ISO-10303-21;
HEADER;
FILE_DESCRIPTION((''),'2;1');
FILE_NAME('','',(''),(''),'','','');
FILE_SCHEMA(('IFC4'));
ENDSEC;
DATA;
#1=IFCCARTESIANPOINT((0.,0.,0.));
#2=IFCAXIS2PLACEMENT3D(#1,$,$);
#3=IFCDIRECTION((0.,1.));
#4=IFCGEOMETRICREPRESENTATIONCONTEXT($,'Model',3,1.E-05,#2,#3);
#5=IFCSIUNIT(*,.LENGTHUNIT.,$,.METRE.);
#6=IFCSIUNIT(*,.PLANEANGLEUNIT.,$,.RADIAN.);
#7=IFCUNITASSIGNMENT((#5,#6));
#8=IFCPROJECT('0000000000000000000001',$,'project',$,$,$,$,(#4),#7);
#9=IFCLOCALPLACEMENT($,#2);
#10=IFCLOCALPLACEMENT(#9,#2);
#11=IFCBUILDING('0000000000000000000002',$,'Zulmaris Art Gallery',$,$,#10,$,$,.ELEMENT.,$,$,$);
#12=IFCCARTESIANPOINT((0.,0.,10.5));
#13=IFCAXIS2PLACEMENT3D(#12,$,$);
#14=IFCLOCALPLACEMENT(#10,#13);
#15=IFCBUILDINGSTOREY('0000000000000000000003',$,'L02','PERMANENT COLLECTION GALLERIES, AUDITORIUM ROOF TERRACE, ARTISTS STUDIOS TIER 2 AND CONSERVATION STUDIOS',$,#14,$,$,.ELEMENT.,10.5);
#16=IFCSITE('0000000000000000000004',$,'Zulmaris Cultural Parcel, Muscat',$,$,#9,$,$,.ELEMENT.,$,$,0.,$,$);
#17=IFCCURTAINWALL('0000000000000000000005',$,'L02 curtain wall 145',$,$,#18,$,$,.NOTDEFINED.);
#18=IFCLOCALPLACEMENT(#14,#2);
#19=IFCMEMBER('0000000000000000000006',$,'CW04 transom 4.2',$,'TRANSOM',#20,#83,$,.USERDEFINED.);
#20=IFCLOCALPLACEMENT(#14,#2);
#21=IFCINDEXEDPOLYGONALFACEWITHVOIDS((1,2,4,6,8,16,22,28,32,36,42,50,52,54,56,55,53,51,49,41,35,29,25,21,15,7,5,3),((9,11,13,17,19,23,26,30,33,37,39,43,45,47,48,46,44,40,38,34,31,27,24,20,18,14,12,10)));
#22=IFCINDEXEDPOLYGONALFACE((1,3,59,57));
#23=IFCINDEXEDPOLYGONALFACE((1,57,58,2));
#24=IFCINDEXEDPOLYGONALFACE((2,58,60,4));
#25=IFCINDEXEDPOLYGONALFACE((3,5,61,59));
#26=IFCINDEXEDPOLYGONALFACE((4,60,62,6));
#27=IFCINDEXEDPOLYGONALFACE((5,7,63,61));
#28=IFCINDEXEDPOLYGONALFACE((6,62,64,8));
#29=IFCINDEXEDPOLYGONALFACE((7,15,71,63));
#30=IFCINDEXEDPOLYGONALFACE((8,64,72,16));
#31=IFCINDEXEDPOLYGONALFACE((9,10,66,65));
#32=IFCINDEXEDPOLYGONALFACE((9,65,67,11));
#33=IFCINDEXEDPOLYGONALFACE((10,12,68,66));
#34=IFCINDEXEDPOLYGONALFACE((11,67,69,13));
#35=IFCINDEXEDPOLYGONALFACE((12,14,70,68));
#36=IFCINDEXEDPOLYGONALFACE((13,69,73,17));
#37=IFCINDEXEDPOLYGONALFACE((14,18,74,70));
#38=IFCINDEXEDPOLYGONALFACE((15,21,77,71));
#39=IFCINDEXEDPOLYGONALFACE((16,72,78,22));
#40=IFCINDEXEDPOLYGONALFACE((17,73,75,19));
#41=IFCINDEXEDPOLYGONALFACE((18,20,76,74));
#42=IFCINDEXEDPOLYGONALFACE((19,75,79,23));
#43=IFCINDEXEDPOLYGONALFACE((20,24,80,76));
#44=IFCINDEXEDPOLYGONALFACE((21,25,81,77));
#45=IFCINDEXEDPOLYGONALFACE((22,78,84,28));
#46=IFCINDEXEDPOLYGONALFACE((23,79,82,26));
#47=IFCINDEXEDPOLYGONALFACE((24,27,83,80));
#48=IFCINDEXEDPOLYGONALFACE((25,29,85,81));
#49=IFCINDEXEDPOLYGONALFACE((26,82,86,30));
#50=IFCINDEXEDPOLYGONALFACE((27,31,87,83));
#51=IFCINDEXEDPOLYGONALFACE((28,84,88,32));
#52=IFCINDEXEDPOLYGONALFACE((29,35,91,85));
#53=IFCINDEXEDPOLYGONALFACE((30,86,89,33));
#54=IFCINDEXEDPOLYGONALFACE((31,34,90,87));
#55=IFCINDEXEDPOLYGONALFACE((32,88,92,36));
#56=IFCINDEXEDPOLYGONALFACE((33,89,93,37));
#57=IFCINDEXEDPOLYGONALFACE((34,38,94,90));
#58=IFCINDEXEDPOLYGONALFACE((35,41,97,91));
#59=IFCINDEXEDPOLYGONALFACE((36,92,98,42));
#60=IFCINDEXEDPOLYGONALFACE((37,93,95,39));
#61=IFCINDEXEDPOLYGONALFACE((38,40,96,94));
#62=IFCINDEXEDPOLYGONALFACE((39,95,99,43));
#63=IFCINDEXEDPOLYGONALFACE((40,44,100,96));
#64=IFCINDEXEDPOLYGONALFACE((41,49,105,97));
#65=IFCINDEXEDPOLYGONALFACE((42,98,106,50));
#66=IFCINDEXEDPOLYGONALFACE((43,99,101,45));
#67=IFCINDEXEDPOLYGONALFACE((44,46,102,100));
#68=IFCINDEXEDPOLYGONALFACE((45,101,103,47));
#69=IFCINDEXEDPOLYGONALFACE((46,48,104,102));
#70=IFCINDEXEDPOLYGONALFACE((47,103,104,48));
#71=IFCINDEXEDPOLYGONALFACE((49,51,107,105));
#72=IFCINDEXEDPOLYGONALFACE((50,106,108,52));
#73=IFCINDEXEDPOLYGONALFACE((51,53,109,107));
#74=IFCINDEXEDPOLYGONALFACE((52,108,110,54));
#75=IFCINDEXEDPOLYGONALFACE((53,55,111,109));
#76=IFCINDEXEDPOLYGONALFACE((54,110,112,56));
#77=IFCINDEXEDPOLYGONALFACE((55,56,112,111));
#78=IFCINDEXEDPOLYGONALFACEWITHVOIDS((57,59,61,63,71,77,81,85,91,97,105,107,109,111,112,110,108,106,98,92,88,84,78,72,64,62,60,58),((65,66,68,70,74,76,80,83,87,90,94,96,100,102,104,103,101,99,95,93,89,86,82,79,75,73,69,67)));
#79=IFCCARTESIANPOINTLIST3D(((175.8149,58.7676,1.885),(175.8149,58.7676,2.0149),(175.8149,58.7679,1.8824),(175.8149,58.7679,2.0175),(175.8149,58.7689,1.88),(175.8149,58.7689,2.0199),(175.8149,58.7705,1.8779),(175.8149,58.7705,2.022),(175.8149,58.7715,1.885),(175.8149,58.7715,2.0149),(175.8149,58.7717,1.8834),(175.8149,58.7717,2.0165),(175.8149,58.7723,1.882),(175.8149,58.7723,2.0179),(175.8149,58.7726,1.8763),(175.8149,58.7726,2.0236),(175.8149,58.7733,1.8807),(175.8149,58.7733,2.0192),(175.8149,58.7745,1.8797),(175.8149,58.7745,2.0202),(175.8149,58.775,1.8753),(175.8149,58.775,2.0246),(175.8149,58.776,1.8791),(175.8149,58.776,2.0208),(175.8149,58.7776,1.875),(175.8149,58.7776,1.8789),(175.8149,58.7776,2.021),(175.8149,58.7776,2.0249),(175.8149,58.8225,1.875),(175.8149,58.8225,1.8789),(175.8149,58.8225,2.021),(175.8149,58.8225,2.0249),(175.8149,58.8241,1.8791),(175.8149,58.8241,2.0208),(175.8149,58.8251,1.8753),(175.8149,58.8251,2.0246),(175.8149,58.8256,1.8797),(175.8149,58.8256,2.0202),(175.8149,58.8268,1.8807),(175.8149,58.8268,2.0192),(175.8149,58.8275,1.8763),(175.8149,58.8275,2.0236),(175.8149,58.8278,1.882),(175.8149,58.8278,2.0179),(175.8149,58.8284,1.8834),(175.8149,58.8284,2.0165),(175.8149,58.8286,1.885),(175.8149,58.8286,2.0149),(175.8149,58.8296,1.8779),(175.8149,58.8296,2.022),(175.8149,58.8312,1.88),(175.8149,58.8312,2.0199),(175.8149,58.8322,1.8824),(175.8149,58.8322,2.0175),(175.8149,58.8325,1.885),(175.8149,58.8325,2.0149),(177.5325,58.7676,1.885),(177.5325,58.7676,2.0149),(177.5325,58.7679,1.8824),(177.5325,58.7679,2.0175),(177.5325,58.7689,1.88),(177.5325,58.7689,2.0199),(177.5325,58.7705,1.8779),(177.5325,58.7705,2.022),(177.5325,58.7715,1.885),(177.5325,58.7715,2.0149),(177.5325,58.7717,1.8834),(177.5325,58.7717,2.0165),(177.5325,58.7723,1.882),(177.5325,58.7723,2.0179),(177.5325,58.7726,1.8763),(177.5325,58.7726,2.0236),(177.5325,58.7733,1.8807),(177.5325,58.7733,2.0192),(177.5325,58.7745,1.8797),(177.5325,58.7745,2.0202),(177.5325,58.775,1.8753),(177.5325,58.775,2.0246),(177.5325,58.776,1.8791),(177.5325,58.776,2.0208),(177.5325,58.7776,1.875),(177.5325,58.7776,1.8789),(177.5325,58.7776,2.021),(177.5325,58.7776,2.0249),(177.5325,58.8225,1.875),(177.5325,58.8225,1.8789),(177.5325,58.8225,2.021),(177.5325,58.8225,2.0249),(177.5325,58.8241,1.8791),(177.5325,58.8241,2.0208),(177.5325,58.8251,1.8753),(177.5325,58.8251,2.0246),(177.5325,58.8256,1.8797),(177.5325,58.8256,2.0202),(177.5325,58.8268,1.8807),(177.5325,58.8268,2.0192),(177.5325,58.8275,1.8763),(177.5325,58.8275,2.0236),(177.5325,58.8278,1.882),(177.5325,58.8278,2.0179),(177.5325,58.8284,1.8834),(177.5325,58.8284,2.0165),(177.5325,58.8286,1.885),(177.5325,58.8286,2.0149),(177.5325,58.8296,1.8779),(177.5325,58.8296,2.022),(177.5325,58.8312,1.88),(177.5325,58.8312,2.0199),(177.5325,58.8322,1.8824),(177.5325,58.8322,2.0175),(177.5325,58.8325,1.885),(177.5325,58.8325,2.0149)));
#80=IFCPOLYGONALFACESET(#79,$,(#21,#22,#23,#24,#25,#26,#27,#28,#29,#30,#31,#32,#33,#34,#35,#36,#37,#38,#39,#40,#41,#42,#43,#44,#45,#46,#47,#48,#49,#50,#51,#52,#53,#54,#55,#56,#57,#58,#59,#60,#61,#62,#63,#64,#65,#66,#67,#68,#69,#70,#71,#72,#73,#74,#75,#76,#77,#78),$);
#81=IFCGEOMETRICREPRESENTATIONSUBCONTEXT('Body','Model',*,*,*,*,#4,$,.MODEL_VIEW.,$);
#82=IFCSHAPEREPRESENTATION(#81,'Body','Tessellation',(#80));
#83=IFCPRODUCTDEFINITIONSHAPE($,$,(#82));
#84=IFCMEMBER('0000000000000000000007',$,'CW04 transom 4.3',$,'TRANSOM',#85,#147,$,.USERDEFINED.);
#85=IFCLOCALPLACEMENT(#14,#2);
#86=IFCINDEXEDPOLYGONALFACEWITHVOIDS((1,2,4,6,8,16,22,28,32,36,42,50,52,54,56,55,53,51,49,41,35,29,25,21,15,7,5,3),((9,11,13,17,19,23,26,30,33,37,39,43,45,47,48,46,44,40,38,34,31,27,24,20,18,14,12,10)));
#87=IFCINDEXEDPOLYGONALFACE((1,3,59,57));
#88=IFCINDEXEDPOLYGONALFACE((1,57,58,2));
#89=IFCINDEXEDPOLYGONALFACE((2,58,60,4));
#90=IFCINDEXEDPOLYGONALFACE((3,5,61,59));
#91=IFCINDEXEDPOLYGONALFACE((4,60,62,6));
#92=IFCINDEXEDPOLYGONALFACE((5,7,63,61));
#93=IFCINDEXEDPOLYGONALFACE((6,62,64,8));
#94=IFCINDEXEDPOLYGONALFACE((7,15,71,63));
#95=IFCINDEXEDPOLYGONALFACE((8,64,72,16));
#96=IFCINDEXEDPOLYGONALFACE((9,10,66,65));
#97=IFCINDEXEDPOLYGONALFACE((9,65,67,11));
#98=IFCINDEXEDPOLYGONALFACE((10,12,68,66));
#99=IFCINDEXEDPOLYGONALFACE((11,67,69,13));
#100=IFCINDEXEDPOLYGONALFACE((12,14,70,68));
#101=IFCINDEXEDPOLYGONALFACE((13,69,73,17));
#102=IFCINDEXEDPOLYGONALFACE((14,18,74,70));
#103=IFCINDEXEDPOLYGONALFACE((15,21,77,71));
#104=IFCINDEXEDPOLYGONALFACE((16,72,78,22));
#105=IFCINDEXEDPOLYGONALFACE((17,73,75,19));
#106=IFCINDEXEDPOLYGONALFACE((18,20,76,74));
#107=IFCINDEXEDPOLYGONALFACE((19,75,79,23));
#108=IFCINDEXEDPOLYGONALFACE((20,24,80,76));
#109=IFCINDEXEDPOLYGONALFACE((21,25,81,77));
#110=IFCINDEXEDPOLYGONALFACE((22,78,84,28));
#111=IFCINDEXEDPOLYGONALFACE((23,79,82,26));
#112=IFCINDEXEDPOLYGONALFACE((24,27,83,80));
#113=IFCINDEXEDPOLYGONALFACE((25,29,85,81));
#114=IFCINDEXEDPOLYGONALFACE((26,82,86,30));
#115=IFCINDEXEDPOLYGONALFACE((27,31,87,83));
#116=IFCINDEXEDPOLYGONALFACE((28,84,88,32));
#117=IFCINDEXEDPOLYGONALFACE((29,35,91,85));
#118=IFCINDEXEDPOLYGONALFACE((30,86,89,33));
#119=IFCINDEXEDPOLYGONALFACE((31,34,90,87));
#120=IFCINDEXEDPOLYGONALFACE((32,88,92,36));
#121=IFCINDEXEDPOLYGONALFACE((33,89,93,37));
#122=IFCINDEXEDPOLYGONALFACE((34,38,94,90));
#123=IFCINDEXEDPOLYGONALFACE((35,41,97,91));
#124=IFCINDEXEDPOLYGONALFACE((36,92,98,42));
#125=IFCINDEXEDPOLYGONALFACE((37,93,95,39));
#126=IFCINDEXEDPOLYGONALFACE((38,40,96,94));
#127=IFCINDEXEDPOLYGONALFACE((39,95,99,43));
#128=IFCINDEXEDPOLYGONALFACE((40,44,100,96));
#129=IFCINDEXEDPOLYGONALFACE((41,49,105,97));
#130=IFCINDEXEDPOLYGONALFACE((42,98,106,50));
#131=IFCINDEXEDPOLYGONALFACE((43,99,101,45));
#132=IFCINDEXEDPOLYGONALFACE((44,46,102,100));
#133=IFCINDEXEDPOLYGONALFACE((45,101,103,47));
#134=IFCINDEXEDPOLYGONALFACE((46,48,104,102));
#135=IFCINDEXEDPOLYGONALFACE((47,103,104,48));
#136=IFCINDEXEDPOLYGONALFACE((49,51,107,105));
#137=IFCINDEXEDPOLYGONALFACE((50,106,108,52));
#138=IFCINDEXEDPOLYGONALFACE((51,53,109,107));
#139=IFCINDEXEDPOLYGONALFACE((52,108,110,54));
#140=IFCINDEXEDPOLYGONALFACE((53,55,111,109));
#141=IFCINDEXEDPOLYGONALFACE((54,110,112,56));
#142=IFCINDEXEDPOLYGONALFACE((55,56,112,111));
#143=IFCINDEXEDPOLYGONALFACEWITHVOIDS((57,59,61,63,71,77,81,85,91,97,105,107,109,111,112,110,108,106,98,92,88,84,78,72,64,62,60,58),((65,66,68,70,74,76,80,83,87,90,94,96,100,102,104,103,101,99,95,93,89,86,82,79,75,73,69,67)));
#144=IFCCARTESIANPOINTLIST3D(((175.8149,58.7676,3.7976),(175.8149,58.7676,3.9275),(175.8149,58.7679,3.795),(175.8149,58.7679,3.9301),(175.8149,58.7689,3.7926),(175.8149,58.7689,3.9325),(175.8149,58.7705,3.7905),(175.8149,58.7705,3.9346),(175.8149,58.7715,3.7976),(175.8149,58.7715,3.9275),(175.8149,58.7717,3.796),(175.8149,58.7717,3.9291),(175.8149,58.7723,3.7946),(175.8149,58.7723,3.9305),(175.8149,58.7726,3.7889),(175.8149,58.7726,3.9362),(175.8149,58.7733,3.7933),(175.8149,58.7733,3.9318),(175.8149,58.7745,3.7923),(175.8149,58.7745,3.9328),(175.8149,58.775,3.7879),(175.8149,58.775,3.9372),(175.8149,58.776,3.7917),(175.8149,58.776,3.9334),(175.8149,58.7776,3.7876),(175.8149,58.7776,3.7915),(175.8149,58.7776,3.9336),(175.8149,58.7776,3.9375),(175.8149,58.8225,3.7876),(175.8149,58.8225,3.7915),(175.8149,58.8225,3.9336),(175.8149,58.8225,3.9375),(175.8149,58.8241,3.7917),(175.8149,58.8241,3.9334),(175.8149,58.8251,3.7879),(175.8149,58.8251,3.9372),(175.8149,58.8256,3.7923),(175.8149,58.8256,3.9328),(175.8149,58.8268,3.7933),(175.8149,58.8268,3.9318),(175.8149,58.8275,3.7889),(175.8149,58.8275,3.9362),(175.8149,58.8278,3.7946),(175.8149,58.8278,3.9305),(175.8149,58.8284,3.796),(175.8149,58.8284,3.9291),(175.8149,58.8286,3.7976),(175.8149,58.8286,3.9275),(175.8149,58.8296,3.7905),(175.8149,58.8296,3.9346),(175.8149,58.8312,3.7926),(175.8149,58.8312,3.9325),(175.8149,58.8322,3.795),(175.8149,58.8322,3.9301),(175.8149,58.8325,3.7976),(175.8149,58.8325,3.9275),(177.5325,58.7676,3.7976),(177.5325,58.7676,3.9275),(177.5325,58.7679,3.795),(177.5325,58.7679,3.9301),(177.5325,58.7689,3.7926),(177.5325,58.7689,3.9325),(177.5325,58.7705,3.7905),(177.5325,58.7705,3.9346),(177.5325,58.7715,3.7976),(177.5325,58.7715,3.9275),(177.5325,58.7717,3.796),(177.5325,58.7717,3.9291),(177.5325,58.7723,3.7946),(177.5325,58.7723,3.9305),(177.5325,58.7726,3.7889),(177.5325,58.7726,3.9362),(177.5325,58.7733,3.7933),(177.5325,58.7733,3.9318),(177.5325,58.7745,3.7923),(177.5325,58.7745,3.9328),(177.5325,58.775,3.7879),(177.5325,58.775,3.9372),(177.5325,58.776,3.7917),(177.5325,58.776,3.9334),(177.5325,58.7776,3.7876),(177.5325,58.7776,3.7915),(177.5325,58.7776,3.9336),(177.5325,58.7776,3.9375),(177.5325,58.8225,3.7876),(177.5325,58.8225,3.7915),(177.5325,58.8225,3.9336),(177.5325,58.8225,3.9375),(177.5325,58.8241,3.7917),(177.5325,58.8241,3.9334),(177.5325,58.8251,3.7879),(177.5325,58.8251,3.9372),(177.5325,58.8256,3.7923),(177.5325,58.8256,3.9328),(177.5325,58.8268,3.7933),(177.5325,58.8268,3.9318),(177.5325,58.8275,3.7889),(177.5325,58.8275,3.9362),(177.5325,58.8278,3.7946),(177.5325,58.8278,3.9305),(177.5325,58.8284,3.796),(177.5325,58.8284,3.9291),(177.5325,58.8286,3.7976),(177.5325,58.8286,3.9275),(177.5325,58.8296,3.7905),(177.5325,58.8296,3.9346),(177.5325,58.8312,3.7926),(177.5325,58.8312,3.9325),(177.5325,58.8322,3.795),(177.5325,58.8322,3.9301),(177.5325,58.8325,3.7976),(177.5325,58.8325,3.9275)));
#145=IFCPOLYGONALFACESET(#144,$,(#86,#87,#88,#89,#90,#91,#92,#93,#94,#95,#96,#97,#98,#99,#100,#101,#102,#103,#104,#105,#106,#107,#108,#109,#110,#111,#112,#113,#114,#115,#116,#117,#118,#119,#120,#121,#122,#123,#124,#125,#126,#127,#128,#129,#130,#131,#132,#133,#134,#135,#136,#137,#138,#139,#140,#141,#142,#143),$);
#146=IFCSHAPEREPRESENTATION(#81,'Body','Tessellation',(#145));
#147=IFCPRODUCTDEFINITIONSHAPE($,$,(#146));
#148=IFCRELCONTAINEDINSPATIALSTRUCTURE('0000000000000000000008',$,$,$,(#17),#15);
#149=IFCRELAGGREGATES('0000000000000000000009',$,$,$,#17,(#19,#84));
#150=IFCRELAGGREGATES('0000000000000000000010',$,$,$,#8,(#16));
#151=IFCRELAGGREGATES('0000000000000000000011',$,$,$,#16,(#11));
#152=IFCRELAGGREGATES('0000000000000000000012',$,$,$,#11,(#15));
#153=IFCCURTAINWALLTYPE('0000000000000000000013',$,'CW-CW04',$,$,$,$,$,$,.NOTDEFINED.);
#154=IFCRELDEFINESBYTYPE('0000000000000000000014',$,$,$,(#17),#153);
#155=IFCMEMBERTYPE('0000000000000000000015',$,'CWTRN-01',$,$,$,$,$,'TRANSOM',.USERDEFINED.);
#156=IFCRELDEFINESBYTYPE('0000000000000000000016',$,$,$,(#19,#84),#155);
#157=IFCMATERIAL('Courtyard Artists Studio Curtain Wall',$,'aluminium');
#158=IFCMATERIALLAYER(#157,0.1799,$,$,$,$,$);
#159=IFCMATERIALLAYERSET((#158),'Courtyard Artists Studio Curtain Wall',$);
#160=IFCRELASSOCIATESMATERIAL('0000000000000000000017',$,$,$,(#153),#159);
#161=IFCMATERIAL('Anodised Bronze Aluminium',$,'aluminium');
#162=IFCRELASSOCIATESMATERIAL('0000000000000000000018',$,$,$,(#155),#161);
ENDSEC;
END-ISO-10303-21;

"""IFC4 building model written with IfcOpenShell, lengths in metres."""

from ifc_helpers import new_model, si_unit, direction, frame, origin, origin_2d, place, context, subcontext, project, spatial, hollow_rectangle, extrude, material, layer, layer_set, material_profile, profile_set, type_object, element, aggregate, save


model = new_model("IFC4")

# Units and contexts
model_context = context("Model", 3, precision=1e-05, world=origin(), true_north=direction((0.0, 1.0)))
body_context = subcontext(model_context, "Body", "Model", "MODEL_VIEW")
ifc_project = project(units=[si_unit("LENGTHUNIT", "METRE"), si_unit("PLANEANGLEUNIT", "RADIAN")], contexts=[model_context])

# Site, building, storey
site_placement = place(None, origin())
site = spatial("IfcSite", under=ifc_project, at=site_placement, Name="Zulmaris Cultural Parcel, Muscat", CompositionType="ELEMENT", RefElevation=0.0)
building_placement = place(site_placement, origin())
building = spatial("IfcBuilding", under=site, at=building_placement, Name="Zulmaris Art Gallery", CompositionType="ELEMENT")
storey_placement = place(building_placement, frame((0.0, 0.0, 10.5)))
storey = spatial("IfcBuildingStorey", under=building, at=storey_placement, Name="L02", Description="PERMANENT COLLECTION GALLERIES, AUDITORIUM ROOF TERRACE, ARTISTS STUDIOS TIER 2 AND CONSERVATION STUDIOS", CompositionType="ELEMENT", Elevation=10.5)

# Shared definitions
ifc_material_1 = material(Name="Courtyard Artists Studio Curtain Wall", Category="aluminium")
ifc_layer_1 = layer(ifc_material_1, 0.1799)
ifc_layer_set_1 = layer_set([ifc_layer_1], Name="Courtyard Artists Studio Curtain Wall")
curtain_wall_type = type_object("IfcCurtainWallType", Name="CW-CW04", PredefinedType="NOTDEFINED", material=ifc_layer_set_1)
ifc_material_2 = material(Name="Anodised Bronze Aluminium", Category="aluminium")

# Curtain wall, members
curtain_wall_1_placement = place(storey_placement, origin())
curtain_wall_1 = element("IfcCurtainWall", 1, at=curtain_wall_1_placement, inside=storey, type_object=curtain_wall_type, Name="L02 curtain wall 145", PredefinedType="NOTDEFINED")
ifc_material_profile_1 = material_profile(ifc_material_2, hollow_rectangle(XDim=0.0649, YDim=0.1499, WallThickness=0.0039, InnerFilletRadius=0.0061, OuterFilletRadius=0.01, at=origin_2d()), Name="ALU 65x150x4")
ifc_profile_set_1 = profile_set([ifc_material_profile_1], Name="Anodised Bronze Aluminium")
member_type_1 = type_object("IfcMemberType", Name="CWTRN-01", ElementType="TRANSOM", PredefinedType="USERDEFINED", material=ifc_profile_set_1)
member_1_placement = place(storey_placement, frame((177.5325, 58.8, 1.95), z_axis=(-1.0, 0.0, 0.0), x_axis=(0.0, -1.0, 0.0)))
member_1 = element("IfcMember", 2, at=member_1_placement, type_object=member_type_1, Name="CW04 transom 4.2", ObjectType="TRANSOM", PredefinedType="USERDEFINED", context=body_context, shape_type="SweptSolid", body=[
    extrude(hollow_rectangle(XDim=0.0649, YDim=0.1499, WallThickness=0.0039, InnerFilletRadius=0.0061, OuterFilletRadius=0.01, at=origin_2d()), origin(), (0.0, 0.0, 1.0), 1.7175),
])
member_2_placement = place(storey_placement, frame((177.5325, 58.8, 3.8625), z_axis=(-1.0, 0.0, 0.0), x_axis=(0.0, -1.0, 0.0)))
member_2 = element("IfcMember", 3, at=member_2_placement, type_object=member_type_1, Name="CW04 transom 4.3", ObjectType="TRANSOM", PredefinedType="USERDEFINED", context=body_context, shape_type="SweptSolid", body=[
    extrude(hollow_rectangle(XDim=0.0649, YDim=0.1499, WallThickness=0.0039, InnerFilletRadius=0.0061, OuterFilletRadius=0.01, at=origin_2d()), origin(), (0.0, 0.0, 1.0), 1.7175),
])

aggregate(curtain_wall_1, [member_1, member_2])

save(model, "model.ifc")
